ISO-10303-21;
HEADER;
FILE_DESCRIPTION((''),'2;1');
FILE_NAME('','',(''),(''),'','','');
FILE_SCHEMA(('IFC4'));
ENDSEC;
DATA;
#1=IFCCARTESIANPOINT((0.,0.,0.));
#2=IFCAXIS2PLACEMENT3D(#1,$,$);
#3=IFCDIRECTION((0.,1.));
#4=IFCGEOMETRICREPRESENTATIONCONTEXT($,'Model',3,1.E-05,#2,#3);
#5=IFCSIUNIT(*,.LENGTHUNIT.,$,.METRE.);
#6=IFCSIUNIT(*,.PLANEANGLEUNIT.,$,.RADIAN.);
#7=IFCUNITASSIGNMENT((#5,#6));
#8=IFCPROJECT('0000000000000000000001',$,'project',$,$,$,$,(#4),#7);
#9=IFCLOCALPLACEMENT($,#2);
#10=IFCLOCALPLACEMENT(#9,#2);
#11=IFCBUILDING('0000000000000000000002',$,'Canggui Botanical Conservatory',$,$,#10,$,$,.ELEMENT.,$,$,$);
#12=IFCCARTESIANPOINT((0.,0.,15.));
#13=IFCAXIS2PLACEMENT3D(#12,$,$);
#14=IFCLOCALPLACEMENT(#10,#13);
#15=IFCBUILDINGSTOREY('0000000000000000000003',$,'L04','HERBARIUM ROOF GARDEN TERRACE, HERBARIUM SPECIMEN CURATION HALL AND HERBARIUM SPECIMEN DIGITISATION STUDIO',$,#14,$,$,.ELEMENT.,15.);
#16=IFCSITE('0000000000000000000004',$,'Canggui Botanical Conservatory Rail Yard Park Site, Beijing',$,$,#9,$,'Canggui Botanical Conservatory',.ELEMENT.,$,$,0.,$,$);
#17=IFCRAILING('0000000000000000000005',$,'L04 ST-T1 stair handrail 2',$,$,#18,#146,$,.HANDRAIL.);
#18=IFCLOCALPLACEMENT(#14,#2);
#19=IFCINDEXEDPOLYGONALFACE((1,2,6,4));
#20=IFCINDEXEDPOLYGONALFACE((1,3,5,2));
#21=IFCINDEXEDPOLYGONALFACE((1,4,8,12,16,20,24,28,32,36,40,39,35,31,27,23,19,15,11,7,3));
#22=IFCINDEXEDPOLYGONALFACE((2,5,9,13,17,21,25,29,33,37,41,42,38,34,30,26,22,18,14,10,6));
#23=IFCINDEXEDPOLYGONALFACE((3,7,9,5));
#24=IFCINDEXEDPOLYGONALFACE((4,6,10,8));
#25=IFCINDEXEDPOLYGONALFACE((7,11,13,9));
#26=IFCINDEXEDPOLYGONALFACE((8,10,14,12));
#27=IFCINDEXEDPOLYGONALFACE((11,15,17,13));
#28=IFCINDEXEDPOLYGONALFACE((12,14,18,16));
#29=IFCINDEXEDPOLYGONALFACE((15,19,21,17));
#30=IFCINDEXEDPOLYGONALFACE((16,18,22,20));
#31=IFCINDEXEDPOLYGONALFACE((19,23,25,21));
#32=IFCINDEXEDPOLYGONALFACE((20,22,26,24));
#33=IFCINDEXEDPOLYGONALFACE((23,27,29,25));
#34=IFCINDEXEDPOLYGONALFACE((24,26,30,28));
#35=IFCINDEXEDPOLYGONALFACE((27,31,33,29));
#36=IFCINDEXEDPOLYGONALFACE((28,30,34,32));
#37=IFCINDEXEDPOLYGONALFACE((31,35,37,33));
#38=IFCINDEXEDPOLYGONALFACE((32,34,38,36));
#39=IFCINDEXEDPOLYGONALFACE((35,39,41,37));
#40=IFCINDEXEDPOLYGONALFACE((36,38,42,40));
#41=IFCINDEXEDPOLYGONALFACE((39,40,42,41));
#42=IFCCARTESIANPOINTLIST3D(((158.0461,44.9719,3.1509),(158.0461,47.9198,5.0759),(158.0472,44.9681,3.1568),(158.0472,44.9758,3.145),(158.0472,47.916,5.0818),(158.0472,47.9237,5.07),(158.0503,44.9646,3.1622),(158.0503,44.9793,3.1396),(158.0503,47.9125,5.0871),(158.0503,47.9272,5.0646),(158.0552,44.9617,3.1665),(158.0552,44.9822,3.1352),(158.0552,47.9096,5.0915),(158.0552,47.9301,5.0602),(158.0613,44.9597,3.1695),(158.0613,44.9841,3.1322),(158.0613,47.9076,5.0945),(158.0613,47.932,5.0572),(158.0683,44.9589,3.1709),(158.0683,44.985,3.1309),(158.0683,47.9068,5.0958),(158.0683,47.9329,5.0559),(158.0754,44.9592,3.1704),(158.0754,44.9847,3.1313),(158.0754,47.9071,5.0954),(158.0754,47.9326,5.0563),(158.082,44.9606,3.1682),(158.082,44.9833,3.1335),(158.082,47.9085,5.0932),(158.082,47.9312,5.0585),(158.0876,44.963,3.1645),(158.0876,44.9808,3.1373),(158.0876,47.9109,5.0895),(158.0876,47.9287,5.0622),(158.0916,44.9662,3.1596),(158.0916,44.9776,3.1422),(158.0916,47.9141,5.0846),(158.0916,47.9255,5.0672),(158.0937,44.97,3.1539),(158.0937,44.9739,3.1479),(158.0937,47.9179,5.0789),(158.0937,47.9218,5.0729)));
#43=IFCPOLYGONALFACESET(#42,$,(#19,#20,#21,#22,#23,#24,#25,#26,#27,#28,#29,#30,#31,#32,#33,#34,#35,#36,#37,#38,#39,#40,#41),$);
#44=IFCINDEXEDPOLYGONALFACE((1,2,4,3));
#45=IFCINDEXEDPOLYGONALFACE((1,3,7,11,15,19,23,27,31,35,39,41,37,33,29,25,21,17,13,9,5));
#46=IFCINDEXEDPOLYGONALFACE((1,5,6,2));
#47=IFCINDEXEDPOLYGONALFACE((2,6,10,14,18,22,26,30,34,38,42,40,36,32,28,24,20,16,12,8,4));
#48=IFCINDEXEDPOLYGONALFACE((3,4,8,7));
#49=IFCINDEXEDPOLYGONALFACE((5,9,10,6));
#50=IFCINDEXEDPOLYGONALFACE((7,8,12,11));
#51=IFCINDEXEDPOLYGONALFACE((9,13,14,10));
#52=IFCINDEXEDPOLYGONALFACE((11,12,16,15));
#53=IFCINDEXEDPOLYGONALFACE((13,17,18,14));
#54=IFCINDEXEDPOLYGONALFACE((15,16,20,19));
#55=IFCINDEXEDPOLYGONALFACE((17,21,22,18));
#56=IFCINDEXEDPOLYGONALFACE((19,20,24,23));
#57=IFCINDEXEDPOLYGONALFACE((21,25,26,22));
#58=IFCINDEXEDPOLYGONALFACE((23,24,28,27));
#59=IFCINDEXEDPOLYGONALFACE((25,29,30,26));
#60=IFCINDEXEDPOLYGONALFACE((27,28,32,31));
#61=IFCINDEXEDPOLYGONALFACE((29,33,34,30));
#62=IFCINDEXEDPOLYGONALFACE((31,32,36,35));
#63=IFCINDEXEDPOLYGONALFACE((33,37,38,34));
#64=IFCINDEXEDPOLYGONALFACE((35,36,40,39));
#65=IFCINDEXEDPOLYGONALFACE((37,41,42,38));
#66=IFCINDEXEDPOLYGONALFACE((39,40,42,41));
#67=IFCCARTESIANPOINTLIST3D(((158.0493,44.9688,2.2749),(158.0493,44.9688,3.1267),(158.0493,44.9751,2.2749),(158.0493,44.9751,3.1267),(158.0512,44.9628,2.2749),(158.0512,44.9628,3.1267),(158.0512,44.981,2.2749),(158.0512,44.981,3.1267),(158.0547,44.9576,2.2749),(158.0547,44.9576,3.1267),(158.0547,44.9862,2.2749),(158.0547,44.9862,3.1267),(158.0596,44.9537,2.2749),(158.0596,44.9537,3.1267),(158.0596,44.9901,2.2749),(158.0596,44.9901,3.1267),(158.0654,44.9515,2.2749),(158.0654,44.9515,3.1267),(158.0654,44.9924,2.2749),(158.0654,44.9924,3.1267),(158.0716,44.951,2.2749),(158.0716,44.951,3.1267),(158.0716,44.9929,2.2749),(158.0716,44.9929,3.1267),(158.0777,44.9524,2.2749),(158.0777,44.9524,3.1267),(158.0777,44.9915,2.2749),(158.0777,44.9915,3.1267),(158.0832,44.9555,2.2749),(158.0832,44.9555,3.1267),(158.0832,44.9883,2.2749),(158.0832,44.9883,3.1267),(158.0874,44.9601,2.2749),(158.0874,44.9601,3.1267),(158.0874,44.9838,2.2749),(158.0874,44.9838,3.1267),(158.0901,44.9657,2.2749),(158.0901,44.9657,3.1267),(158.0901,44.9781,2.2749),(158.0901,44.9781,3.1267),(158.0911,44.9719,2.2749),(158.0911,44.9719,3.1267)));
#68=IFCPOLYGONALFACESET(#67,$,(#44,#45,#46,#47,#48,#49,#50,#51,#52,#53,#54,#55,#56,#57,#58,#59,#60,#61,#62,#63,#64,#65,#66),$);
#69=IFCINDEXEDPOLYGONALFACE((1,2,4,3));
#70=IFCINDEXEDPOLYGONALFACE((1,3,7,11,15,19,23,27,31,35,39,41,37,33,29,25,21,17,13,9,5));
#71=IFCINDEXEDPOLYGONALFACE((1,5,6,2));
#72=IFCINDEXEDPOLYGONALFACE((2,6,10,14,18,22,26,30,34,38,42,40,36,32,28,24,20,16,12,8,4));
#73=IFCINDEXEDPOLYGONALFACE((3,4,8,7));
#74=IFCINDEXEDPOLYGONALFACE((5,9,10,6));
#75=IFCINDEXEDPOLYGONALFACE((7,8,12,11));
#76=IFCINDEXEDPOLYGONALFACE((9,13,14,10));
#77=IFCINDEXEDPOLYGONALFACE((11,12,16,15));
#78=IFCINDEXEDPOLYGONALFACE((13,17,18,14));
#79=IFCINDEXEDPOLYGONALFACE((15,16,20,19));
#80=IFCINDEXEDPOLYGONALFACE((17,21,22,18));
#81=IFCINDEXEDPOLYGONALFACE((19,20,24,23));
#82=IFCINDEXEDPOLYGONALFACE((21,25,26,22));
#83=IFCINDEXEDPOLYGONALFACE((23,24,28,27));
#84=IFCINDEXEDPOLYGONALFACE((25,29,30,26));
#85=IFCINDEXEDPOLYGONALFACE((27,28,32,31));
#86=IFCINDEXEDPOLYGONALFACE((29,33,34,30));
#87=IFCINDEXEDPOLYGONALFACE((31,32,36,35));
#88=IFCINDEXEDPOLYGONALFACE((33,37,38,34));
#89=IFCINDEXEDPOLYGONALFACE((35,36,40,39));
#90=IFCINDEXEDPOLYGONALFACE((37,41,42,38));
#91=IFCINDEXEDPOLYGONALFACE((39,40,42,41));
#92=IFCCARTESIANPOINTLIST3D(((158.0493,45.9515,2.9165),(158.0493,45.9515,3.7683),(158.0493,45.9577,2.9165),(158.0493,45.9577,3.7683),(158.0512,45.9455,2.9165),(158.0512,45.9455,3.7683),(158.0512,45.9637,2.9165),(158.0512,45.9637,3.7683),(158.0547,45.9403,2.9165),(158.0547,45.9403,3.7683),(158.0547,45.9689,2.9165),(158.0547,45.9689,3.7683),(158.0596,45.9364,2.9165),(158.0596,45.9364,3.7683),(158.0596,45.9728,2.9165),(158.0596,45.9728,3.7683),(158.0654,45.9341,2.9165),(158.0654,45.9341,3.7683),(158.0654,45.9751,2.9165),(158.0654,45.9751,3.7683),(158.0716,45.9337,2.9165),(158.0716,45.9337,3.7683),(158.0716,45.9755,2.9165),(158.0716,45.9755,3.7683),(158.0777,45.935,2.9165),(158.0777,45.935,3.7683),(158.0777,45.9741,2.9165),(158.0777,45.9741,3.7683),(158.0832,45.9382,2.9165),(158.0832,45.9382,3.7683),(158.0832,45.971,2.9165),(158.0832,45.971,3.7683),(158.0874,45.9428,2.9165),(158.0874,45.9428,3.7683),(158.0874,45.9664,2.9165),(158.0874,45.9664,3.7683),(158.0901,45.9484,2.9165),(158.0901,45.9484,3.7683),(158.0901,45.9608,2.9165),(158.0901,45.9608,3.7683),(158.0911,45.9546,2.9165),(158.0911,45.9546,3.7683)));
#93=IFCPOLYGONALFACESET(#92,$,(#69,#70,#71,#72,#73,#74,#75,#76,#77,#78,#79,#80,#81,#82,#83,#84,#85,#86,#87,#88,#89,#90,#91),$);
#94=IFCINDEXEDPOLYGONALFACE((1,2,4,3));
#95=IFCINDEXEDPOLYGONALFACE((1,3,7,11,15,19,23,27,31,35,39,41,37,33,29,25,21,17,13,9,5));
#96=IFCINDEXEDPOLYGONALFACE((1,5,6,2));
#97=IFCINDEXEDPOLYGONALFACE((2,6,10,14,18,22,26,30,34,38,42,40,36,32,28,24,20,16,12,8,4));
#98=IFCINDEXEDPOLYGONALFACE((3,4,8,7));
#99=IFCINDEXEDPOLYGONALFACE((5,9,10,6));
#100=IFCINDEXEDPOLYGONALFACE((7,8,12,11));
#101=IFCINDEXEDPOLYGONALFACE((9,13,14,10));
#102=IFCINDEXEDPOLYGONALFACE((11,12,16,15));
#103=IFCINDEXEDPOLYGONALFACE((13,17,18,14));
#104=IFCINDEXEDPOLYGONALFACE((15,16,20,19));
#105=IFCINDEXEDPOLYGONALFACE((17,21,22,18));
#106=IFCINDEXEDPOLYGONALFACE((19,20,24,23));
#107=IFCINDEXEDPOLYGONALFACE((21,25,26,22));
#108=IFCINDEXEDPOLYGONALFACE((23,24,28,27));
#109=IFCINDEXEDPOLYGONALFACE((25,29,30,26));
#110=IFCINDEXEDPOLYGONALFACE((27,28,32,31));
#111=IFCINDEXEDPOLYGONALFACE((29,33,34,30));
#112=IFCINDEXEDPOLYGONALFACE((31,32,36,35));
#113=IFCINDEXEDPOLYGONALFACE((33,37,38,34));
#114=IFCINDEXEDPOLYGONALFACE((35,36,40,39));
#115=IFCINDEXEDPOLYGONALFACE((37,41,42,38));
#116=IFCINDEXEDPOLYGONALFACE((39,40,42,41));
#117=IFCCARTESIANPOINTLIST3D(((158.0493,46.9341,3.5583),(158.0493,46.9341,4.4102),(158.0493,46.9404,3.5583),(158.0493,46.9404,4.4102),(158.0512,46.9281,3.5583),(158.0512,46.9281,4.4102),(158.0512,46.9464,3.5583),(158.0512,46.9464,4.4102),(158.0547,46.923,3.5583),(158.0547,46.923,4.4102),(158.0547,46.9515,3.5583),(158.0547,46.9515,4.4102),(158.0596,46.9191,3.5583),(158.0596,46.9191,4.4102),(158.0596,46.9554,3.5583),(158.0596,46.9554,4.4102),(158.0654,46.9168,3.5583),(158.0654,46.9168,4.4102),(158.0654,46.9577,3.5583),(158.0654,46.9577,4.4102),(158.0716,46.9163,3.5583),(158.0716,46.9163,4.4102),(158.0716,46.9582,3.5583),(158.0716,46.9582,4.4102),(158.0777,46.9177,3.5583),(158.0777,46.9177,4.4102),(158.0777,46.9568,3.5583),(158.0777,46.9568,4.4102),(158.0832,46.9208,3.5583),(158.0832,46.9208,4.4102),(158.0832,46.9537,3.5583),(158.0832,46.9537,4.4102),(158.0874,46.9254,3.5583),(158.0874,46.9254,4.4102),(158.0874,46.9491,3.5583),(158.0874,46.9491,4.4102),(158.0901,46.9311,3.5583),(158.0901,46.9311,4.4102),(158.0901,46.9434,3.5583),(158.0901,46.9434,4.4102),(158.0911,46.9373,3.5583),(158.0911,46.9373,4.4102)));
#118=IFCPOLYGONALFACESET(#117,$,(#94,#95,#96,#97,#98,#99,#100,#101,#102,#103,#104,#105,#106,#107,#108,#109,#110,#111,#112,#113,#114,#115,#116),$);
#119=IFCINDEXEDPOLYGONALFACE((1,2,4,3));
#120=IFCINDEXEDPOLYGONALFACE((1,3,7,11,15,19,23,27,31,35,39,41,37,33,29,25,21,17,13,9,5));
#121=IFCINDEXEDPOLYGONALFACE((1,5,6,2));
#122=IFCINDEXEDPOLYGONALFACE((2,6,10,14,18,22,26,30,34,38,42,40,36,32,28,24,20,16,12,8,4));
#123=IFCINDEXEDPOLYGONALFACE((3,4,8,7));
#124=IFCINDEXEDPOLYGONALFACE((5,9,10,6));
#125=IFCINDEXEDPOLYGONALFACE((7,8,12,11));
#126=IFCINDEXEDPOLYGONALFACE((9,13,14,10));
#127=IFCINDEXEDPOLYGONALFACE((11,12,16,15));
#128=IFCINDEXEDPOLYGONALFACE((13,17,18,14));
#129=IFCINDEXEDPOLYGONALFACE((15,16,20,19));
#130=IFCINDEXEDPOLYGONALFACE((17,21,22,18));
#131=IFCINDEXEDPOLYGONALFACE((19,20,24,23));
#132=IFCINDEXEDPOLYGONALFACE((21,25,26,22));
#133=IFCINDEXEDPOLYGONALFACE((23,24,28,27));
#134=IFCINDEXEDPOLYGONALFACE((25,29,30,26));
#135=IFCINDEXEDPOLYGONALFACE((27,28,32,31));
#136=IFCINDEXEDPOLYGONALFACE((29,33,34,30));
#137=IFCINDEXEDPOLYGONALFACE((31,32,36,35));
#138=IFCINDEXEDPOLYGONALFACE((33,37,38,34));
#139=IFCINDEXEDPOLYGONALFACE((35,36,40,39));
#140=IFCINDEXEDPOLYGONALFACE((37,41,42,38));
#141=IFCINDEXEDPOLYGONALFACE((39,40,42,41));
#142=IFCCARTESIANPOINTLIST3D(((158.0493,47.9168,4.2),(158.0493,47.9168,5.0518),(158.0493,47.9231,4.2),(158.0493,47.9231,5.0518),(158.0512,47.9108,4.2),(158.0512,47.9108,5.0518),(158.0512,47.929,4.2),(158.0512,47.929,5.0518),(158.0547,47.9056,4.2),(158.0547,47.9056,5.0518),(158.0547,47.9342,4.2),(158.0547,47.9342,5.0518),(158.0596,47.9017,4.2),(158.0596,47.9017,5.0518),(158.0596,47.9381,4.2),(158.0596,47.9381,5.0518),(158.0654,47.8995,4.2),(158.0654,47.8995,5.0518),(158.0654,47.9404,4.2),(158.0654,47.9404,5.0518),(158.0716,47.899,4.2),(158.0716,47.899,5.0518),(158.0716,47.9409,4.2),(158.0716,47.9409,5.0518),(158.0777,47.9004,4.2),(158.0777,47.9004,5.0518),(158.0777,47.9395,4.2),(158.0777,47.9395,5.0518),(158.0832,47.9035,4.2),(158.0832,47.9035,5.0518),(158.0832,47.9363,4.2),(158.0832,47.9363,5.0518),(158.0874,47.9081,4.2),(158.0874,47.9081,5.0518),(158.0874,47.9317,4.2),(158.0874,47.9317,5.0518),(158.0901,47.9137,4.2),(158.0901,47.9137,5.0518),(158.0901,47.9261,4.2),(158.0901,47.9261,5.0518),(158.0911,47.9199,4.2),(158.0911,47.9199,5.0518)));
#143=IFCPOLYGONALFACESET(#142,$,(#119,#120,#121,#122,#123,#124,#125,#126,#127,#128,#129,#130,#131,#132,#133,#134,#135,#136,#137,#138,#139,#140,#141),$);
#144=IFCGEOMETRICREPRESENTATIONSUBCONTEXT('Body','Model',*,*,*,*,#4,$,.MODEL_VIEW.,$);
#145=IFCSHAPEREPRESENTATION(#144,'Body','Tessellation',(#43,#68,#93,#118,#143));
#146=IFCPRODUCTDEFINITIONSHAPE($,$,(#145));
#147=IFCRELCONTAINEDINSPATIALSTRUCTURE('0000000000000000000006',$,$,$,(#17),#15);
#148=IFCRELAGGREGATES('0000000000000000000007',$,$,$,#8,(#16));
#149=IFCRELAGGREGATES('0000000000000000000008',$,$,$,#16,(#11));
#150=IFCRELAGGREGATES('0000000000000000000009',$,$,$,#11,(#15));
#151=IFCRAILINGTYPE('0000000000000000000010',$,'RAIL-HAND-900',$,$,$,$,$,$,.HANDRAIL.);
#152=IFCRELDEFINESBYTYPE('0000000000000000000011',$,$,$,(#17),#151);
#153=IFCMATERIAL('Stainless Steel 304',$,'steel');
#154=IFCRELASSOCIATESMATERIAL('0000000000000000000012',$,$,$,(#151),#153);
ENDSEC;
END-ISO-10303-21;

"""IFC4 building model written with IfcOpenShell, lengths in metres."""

from ifc_helpers import new_model, si_unit, direction, frame, origin, origin_2d, place, context, subcontext, project, spatial, circle, extrude, material, type_object, element, save


model = new_model("IFC4")

# Units and contexts
model_context = context("Model", 3, precision=1e-05, world=origin(), true_north=direction((0.0, 1.0)))
body_context = subcontext(model_context, "Body", "Model", "MODEL_VIEW")
ifc_project = project(units=[si_unit("LENGTHUNIT", "METRE"), si_unit("PLANEANGLEUNIT", "RADIAN")], contexts=[model_context])

# Site, building, storey
site_placement = place(None, origin())
site = spatial("IfcSite", under=ifc_project, at=site_placement, Name="Canggui Botanical Conservatory Rail Yard Park Site, Beijing", LongName="Canggui Botanical Conservatory", CompositionType="ELEMENT", RefElevation=0.0)
building_placement = place(site_placement, origin())
building = spatial("IfcBuilding", under=site, at=building_placement, Name="Canggui Botanical Conservatory", CompositionType="ELEMENT")
storey_placement = place(building_placement, frame((0.0, 0.0, 15.0)))
storey = spatial("IfcBuildingStorey", under=building, at=storey_placement, Name="L04", Description="HERBARIUM ROOF GARDEN TERRACE, HERBARIUM SPECIMEN CURATION HALL AND HERBARIUM SPECIMEN DIGITISATION STUDIO", CompositionType="ELEMENT", Elevation=15.0)

# Shared definitions
ifc_material_1 = material(Name="Stainless Steel 304", Category="steel")

# Railing
railing_type_1 = type_object("IfcRailingType", Name="RAIL-HAND-900", PredefinedType="HANDRAIL", material=ifc_material_1)
railing_1_placement = place(storey_placement, frame((158.0701, 44.9719, 2.2749)))
element("IfcRailing", 1, at=railing_1_placement, inside=storey, type_object=railing_type_1, Name="L04 ST-T1 stair handrail 2", PredefinedType="HANDRAIL", context=body_context, shape_type="SweptSolid", body=[
    extrude(circle(Radius=0.0239, at=origin_2d()), frame((0.0, 0.0, 0.876), z_axis=(0.0, 0.837293, 0.546754), x_axis=(-1.0, 0.0, 0.0)), (0.0, 0.0, 1.0), 3.5208),
    extrude(circle(Radius=0.021, at=origin_2d()), origin(), (0.0, 0.0, 1.0), 0.8518),
    extrude(circle(Radius=0.021, at=origin_2d()), frame((0.0, 0.9827, 0.6416)), (0.0, 0.0, 1.0), 0.8518),
    extrude(circle(Radius=0.021, at=origin_2d()), frame((0.0, 1.9653, 1.2834)), (0.0, 0.0, 1.0), 0.8518),
    extrude(circle(Radius=0.021, at=origin_2d()), frame((0.0, 2.948, 1.925)), (0.0, 0.0, 1.0), 0.8518),
])

save(model, "model.ifc")
